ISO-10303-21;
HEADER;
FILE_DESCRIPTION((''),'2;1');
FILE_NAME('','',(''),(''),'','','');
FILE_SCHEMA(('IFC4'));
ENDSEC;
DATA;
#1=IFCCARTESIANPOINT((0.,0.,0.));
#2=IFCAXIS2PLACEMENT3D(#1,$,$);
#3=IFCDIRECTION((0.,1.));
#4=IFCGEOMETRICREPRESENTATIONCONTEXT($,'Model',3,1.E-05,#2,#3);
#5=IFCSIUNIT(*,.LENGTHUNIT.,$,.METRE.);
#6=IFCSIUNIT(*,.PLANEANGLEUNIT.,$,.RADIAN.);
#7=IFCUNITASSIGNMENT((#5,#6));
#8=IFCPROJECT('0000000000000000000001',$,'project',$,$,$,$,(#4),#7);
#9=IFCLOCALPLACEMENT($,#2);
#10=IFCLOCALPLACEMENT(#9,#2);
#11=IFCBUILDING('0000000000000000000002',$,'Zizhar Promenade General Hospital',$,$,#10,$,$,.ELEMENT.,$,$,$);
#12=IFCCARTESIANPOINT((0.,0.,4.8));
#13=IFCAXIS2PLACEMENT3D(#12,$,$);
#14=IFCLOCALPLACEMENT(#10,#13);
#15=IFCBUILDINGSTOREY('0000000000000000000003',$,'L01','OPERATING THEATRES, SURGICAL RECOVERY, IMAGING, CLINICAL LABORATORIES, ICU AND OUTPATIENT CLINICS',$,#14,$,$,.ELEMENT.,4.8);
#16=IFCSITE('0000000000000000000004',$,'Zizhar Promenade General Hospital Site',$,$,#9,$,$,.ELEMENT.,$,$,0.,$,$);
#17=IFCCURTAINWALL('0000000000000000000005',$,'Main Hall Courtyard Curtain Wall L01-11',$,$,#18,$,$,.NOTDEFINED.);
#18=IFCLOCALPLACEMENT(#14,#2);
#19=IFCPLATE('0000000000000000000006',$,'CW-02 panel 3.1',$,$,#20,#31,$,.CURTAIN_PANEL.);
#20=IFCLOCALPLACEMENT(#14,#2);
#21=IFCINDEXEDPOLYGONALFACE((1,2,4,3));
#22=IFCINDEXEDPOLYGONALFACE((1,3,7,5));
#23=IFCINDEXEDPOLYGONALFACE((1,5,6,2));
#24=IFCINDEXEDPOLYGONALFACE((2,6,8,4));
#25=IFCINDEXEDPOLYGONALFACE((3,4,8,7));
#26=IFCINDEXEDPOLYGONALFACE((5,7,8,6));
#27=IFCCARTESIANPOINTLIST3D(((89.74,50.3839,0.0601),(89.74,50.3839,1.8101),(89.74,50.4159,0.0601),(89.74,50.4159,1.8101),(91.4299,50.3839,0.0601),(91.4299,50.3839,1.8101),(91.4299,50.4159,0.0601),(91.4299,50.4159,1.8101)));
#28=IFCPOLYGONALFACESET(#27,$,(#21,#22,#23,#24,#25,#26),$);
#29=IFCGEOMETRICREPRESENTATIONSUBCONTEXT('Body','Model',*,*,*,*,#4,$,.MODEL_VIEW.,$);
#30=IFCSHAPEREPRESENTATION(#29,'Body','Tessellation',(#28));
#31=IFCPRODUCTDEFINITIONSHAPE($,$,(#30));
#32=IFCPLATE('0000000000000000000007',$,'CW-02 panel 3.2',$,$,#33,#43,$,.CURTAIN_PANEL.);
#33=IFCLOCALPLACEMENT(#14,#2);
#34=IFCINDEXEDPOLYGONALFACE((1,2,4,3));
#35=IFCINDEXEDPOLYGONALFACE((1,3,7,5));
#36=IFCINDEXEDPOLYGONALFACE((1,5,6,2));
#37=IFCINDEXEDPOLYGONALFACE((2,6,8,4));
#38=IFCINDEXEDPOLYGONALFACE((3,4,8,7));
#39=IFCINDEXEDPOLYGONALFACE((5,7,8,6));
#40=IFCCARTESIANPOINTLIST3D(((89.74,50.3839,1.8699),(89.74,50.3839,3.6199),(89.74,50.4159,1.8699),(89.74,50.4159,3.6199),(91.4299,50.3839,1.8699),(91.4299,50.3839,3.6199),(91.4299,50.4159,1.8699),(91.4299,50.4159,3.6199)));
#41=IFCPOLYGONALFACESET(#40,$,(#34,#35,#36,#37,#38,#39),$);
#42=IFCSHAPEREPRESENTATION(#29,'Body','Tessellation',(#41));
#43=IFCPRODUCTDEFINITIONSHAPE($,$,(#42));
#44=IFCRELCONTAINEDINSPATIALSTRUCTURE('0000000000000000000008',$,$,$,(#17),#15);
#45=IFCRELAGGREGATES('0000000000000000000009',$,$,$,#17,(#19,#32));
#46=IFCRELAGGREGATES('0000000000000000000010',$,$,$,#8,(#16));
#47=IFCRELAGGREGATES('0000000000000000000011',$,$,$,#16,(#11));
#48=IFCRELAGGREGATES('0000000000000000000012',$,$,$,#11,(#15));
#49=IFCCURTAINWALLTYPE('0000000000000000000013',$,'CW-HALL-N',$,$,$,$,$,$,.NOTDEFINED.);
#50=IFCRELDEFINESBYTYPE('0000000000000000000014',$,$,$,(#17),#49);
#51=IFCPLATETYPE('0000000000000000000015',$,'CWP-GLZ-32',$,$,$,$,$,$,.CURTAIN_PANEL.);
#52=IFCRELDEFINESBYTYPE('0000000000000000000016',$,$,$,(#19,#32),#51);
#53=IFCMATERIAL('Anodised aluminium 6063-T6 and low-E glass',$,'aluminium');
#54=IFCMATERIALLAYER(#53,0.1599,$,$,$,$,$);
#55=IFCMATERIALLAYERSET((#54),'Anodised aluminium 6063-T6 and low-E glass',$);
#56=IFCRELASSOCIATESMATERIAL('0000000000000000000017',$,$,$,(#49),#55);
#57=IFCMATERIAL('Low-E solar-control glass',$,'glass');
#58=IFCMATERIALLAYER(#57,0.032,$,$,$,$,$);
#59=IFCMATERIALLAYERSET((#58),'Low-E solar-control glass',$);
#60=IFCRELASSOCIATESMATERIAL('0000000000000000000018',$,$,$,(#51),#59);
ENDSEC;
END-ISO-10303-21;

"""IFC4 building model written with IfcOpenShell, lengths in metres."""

from ifc_helpers import new_model, si_unit, direction, frame, origin, origin_2d, place, context, subcontext, project, spatial, rectangle, extrude, material, layer, layer_set, type_object, element, aggregate, save


model = new_model("IFC4")

# Units and contexts
model_context = context("Model", 3, precision=1e-05, world=origin(), true_north=direction((0.0, 1.0)))
body_context = subcontext(model_context, "Body", "Model", "MODEL_VIEW")
ifc_project = project(units=[si_unit("LENGTHUNIT", "METRE"), si_unit("PLANEANGLEUNIT", "RADIAN")], contexts=[model_context])

# Site, building, storey
site_placement = place(None, origin())
site = spatial("IfcSite", under=ifc_project, at=site_placement, Name="Zizhar Promenade General Hospital Site", CompositionType="ELEMENT", RefElevation=0.0)
building_placement = place(site_placement, origin())
building = spatial("IfcBuilding", under=site, at=building_placement, Name="Zizhar Promenade General Hospital", CompositionType="ELEMENT")
storey_placement = place(building_placement, frame((0.0, 0.0, 4.8)))
storey = spatial("IfcBuildingStorey", under=building, at=storey_placement, Name="L01", Description="OPERATING THEATRES, SURGICAL RECOVERY, IMAGING, CLINICAL LABORATORIES, ICU AND OUTPATIENT CLINICS", CompositionType="ELEMENT", Elevation=4.8)

# Shared definitions
ifc_material_1 = material(Name="Anodised aluminium 6063-T6 and low-E glass", Category="aluminium")
ifc_layer_1 = layer(ifc_material_1, 0.1599)
ifc_layer_set_1 = layer_set([ifc_layer_1], Name="Anodised aluminium 6063-T6 and low-E glass")
curtain_wall_type = type_object("IfcCurtainWallType", Name="CW-HALL-N", PredefinedType="NOTDEFINED", material=ifc_layer_set_1)

# Curtain wall, plates
curtain_wall_1_placement = place(storey_placement, origin())
curtain_wall_1 = element("IfcCurtainWall", 1, at=curtain_wall_1_placement, inside=storey, type_object=curtain_wall_type, Name="Main Hall Courtyard Curtain Wall L01-11", PredefinedType="NOTDEFINED")
ifc_material_2 = material(Name="Low-E solar-control glass", Category="glass")
ifc_layer_2 = layer(ifc_material_2, 0.032)
ifc_layer_set_2 = layer_set([ifc_layer_2], Name="Low-E solar-control glass")
plate_type = type_object("IfcPlateType", Name="CWP-GLZ-32", PredefinedType="CURTAIN_PANEL", material=ifc_layer_set_2)
plate_1_placement = place(storey_placement, frame((90.585, 50.3999, 0.0601), z_axis=(0.0, 0.0, 1.0), x_axis=(1.0, 0.0, 0.0)))
plate_1 = element("IfcPlate", 2, at=plate_1_placement, type_object=plate_type, Name="CW-02 panel 3.1", PredefinedType="CURTAIN_PANEL", context=body_context, shape_type="SweptSolid", body=[
    extrude(rectangle(XDim=1.6899, YDim=0.032, at=origin_2d()), origin(), (0.0, 0.0, 1.0), 1.75),
])
plate_2_placement = place(storey_placement, frame((90.585, 50.3999, 1.8699), z_axis=(0.0, 0.0, 1.0), x_axis=(1.0, 0.0, 0.0)))
plate_2 = element("IfcPlate", 3, at=plate_2_placement, type_object=plate_type, Name="CW-02 panel 3.2", PredefinedType="CURTAIN_PANEL", context=body_context, shape_type="SweptSolid", body=[
    extrude(rectangle(XDim=1.6899, YDim=0.032, at=origin_2d()), origin(), (0.0, 0.0, 1.0), 1.75),
])
aggregate(curtain_wall_1, [plate_1, plate_2])

save(model, "model.ifc")
